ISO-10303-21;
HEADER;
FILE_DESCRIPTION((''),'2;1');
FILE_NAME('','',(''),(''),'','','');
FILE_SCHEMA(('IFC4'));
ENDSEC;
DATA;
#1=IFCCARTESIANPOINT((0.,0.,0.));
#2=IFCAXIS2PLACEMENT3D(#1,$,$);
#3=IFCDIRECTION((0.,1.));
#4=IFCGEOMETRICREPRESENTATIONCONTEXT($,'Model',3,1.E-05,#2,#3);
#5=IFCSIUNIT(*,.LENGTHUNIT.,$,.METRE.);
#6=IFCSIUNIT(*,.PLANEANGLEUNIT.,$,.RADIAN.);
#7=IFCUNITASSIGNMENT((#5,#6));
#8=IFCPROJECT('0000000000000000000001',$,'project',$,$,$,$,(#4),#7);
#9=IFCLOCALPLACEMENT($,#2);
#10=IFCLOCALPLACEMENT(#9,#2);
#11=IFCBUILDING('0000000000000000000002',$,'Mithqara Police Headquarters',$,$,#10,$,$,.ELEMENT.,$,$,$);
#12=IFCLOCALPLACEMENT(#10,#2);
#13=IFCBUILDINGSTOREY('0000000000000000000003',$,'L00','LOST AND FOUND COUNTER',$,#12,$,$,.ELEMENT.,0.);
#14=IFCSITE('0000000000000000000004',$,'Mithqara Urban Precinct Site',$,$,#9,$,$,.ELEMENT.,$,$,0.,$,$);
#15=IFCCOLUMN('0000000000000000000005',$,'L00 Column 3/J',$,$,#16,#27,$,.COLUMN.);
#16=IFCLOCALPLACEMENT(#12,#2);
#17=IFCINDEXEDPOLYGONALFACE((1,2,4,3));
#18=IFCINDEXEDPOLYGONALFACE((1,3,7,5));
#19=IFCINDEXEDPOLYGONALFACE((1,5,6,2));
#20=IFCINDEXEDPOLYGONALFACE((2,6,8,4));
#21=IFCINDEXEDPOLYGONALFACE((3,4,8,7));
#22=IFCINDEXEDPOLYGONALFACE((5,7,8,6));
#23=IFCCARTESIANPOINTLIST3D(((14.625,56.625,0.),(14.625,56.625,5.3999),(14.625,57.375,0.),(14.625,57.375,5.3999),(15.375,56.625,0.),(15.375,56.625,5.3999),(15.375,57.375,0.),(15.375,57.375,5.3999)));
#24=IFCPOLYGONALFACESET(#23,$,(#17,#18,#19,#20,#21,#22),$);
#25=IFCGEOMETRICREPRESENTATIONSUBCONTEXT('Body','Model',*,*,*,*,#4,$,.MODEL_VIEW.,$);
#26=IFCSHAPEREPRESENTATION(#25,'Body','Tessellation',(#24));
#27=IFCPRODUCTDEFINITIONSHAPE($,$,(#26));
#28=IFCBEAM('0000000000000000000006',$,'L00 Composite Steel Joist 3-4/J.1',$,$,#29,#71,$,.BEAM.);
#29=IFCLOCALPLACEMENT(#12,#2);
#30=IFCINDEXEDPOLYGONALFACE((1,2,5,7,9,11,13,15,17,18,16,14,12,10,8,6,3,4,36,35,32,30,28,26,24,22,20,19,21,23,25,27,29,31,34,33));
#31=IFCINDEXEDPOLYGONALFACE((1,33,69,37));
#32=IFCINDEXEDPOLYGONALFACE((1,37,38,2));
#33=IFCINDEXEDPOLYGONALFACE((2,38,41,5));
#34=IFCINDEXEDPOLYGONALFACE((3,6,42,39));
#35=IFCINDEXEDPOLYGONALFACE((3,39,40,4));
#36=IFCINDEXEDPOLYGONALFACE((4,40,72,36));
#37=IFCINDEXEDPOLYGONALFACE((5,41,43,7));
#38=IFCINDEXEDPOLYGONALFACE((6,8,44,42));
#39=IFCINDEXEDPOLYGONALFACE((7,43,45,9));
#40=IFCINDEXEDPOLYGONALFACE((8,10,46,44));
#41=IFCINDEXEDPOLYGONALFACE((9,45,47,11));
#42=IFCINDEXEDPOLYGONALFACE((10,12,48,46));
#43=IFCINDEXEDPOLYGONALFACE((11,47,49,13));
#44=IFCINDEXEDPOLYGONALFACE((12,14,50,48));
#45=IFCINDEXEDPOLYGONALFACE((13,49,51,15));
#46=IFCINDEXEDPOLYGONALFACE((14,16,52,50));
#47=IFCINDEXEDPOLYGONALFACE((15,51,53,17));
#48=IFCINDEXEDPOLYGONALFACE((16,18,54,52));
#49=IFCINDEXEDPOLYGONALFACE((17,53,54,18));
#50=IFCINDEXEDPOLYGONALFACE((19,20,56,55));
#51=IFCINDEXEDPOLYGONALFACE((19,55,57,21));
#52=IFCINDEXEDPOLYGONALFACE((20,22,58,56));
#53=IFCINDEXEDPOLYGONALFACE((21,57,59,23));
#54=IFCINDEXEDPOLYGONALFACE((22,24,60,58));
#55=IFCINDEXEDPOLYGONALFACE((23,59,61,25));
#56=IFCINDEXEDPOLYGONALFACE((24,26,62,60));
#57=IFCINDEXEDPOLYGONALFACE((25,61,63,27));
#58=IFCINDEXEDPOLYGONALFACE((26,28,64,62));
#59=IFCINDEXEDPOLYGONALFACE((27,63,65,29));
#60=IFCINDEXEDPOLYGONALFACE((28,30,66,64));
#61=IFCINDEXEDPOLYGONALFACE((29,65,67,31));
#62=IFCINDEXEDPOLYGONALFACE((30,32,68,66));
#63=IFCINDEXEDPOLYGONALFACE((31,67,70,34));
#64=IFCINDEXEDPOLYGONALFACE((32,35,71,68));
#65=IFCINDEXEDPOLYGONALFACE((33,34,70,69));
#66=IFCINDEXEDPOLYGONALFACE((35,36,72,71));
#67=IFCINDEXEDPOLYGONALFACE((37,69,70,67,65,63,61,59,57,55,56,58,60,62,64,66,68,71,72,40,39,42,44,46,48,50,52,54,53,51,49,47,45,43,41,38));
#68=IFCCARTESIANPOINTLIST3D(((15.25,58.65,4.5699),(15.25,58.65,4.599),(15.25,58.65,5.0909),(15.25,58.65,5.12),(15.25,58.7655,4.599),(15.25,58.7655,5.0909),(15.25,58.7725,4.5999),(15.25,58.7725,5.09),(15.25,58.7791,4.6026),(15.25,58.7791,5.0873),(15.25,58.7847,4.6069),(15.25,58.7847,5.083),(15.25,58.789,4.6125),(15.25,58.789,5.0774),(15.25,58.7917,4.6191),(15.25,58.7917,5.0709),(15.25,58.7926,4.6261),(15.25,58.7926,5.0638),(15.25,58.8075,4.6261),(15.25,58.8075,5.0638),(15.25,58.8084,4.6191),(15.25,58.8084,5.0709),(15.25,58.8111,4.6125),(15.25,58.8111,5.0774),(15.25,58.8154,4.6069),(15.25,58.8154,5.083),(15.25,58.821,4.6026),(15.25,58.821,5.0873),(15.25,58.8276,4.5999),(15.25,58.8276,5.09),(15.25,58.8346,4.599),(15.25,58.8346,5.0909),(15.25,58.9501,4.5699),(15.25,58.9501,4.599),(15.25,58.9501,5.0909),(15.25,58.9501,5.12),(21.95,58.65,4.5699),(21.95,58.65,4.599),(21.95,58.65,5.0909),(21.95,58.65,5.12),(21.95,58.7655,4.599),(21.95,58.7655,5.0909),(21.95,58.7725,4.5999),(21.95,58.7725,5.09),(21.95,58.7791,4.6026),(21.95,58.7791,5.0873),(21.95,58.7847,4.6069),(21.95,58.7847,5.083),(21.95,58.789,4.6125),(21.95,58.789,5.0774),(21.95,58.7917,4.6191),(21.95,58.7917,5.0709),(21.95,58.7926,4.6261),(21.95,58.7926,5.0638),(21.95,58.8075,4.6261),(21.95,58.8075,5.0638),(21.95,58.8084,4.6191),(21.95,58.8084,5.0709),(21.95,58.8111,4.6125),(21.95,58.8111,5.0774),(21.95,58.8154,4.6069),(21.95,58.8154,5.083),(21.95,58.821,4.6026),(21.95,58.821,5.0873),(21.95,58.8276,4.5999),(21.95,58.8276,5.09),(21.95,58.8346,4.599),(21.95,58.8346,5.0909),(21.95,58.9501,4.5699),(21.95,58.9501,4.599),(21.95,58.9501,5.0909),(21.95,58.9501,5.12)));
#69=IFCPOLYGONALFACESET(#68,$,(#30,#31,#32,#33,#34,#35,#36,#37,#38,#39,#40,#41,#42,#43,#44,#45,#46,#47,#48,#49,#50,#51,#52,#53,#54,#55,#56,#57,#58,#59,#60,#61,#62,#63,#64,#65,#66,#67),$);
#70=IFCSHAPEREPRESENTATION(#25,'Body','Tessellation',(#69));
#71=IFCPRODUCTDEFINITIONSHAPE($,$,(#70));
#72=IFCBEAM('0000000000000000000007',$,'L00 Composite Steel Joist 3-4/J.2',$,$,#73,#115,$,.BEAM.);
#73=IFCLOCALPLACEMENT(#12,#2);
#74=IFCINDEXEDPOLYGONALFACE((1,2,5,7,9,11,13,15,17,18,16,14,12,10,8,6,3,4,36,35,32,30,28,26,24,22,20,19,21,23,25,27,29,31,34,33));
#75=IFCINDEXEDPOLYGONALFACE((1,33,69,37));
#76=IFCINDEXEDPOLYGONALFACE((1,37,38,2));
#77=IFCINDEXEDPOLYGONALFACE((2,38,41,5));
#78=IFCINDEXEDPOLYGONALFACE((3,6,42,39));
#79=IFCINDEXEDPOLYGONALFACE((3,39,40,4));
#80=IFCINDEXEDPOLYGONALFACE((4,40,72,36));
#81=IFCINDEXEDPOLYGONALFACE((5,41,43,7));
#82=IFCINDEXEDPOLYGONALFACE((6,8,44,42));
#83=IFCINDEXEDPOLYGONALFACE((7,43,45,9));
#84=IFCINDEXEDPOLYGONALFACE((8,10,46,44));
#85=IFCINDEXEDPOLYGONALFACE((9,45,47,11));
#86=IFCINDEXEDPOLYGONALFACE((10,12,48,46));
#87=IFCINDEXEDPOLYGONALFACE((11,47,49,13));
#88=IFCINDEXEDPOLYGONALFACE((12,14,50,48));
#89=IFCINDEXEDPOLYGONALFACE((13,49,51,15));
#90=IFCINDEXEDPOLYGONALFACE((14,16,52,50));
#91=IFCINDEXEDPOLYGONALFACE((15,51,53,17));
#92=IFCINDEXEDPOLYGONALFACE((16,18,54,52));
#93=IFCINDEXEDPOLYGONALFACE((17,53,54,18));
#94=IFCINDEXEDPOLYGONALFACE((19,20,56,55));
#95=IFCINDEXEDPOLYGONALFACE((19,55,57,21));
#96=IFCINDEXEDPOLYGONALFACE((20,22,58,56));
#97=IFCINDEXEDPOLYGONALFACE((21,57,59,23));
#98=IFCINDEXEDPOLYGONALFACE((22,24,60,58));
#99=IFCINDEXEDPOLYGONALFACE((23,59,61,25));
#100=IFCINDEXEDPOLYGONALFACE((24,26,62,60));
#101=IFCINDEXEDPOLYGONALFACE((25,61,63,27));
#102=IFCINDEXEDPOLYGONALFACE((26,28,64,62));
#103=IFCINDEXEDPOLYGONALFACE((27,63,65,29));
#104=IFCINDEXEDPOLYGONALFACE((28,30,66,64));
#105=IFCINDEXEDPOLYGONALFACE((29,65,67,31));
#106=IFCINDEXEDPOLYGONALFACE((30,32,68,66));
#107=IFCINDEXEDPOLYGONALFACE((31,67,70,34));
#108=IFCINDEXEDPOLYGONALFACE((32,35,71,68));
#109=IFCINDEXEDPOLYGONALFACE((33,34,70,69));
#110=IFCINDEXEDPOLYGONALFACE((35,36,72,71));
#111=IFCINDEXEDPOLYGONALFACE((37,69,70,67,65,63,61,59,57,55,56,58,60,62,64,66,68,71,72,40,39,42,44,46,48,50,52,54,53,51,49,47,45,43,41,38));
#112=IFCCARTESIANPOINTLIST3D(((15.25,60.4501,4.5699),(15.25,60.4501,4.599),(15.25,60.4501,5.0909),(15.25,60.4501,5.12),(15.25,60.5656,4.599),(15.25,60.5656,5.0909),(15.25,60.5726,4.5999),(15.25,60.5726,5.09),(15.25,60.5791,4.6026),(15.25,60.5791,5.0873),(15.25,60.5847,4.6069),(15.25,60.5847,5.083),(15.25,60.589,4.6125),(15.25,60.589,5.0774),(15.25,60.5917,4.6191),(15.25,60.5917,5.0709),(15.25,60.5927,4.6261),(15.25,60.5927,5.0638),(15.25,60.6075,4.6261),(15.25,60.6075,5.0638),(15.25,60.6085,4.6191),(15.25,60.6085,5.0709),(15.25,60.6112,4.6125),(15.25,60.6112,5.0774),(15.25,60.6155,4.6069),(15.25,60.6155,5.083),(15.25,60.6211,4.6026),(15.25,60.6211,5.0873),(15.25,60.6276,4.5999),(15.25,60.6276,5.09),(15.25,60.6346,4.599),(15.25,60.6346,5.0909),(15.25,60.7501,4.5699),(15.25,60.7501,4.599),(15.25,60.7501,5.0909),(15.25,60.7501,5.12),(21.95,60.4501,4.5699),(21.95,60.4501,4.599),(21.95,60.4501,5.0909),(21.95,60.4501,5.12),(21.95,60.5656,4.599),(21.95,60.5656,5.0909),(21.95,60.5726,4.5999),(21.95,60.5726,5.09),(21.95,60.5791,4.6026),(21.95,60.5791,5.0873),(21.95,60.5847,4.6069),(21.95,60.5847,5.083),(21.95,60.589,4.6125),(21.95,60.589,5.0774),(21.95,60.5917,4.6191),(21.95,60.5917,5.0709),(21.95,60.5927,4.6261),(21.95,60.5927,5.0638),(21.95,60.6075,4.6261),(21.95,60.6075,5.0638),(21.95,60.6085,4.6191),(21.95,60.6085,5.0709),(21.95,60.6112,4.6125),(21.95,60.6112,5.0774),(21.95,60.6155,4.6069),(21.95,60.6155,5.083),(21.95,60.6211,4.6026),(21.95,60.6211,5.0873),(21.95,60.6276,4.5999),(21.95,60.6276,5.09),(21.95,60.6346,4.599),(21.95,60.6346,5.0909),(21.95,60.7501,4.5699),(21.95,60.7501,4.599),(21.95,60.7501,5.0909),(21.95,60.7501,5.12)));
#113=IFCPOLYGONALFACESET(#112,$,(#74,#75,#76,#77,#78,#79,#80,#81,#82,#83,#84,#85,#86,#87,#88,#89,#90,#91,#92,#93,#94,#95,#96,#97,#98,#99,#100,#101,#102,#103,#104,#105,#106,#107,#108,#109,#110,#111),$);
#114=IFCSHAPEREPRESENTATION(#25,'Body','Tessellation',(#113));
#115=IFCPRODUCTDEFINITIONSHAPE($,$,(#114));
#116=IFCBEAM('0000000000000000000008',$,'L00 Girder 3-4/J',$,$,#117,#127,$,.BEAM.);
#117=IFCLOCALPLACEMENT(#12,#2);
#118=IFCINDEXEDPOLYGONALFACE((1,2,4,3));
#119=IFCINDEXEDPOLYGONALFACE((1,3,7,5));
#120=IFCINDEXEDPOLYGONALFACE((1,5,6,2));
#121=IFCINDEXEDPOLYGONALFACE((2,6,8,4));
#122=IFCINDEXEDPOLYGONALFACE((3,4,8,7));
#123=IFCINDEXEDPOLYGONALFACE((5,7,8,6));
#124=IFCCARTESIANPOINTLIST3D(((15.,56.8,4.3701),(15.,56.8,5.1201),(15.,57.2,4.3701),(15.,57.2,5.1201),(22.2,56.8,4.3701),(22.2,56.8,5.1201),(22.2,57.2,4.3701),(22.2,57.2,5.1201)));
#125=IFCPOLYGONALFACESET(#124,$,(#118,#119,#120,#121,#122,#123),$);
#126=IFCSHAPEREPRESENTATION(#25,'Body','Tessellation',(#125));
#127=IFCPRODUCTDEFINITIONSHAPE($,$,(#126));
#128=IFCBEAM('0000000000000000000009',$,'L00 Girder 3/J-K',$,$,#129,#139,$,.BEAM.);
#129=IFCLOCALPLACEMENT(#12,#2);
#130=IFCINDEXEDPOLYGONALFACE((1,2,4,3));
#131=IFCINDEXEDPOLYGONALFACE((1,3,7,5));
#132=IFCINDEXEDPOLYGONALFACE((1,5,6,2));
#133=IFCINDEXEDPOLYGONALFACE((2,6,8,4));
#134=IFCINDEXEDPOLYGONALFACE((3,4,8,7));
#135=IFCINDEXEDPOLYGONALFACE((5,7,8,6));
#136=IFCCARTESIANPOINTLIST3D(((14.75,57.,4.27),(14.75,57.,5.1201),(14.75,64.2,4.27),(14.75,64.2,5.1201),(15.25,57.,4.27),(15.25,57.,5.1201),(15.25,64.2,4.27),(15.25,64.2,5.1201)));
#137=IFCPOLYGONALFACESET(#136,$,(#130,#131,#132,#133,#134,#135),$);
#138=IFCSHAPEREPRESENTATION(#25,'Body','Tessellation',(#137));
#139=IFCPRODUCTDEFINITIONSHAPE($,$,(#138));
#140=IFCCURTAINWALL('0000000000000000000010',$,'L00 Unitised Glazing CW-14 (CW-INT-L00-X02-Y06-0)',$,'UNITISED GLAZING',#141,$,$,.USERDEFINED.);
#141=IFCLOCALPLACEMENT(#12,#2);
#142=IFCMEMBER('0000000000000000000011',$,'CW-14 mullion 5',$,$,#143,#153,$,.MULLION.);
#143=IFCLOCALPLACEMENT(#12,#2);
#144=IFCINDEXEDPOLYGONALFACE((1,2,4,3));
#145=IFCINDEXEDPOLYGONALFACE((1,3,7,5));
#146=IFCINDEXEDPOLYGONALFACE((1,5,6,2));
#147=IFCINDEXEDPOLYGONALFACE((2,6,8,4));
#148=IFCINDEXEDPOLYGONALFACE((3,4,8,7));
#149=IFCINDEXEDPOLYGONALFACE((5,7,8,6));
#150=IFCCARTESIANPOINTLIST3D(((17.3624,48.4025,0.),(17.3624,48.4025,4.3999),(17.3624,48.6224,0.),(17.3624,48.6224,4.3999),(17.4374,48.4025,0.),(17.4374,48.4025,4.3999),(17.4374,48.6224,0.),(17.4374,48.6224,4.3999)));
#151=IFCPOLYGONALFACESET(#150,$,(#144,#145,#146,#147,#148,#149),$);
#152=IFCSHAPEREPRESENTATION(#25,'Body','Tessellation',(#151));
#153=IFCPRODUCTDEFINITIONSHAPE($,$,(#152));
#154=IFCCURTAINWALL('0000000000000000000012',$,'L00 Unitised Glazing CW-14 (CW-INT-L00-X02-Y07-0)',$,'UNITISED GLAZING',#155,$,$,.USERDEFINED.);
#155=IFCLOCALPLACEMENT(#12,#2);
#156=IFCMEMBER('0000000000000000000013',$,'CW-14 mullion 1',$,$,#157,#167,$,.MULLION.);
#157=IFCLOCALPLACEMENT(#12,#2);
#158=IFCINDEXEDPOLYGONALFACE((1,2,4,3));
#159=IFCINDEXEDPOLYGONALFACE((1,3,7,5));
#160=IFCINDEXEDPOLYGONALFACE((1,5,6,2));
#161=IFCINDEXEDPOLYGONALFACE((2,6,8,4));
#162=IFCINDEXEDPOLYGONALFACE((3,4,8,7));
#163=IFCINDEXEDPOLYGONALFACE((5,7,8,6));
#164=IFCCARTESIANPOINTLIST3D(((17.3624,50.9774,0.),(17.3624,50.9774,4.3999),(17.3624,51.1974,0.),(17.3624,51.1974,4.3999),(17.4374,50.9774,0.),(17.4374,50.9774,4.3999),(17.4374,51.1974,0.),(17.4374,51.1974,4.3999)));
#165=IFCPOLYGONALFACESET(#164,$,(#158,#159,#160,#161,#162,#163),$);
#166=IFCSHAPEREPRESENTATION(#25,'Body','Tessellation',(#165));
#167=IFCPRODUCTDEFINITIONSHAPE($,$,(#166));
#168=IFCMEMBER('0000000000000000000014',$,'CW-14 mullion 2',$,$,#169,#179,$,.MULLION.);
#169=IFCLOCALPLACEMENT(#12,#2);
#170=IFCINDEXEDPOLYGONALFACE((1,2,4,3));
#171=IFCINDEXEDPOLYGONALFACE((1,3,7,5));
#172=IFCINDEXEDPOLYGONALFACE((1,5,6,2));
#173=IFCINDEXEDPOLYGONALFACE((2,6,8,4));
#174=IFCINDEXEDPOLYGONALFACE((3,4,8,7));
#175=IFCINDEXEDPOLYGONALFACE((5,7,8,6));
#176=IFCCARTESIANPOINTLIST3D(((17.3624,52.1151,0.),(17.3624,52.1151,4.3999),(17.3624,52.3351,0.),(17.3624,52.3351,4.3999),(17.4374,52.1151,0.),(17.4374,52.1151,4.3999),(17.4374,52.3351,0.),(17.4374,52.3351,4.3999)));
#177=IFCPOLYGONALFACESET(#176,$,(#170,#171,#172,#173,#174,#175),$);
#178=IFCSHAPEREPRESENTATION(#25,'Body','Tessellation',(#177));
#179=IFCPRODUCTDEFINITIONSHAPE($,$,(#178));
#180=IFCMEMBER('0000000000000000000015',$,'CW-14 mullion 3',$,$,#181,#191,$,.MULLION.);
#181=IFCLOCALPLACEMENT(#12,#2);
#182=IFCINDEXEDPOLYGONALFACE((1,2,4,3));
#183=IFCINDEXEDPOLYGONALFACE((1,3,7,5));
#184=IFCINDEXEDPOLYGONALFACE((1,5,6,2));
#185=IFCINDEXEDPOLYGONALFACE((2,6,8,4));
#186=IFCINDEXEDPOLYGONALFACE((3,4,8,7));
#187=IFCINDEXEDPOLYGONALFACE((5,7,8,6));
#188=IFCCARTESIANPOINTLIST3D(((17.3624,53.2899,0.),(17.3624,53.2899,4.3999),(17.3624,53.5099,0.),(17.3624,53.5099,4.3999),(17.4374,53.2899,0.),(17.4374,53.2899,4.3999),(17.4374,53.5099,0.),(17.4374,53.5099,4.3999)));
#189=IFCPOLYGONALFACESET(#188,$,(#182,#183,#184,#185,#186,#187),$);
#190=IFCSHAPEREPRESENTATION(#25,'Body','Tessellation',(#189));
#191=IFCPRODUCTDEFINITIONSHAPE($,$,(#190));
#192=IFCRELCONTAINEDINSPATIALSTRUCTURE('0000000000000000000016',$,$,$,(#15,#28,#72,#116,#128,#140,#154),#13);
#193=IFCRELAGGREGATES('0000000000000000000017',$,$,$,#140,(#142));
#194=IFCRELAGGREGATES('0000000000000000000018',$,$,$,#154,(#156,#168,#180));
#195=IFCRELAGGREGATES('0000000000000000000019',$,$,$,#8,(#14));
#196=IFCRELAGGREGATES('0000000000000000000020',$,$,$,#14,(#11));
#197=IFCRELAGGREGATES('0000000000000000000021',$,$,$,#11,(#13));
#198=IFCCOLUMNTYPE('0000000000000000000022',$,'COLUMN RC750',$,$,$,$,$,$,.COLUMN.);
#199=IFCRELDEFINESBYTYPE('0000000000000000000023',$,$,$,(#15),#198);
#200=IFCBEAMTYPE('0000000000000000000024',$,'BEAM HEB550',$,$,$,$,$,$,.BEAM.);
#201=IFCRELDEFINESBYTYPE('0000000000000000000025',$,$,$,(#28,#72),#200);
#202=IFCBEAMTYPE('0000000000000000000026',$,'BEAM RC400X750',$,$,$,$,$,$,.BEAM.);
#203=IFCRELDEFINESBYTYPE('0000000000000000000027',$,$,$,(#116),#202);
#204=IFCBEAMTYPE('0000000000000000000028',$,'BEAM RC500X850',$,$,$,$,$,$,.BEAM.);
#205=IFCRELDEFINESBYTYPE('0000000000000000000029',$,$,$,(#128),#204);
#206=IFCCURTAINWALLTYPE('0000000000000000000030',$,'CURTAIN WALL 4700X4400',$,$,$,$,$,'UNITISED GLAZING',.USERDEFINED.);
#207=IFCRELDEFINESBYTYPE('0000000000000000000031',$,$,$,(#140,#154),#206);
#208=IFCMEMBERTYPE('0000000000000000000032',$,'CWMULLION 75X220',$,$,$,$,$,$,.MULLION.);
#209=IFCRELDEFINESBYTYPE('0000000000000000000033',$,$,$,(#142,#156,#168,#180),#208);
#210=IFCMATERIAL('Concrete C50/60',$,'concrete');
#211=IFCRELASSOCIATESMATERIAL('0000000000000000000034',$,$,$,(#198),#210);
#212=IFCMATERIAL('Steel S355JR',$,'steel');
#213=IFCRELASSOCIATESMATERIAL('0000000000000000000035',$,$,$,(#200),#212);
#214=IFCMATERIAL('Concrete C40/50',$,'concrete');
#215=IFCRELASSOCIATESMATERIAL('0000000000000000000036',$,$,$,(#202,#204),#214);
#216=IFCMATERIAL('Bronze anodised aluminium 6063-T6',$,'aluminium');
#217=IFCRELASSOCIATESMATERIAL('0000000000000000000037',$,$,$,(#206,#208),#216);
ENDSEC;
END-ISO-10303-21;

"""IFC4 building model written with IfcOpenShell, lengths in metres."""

from ifc_helpers import new_model, si_unit, direction, frame, origin, origin_2d, place, context, subcontext, project, spatial, rectangle, i_section, extrude, material, material_profile, profile_set, type_object, element, aggregate, save


model = new_model("IFC4")

# Units and contexts
model_context = context("Model", 3, precision=1e-05, world=origin(), true_north=direction((0.0, 1.0)))
body_context = subcontext(model_context, "Body", "Model", "MODEL_VIEW")
ifc_project = project(units=[si_unit("LENGTHUNIT", "METRE"), si_unit("PLANEANGLEUNIT", "RADIAN")], contexts=[model_context])

# Site, building, storey
site_placement = place(None, origin())
site = spatial("IfcSite", under=ifc_project, at=site_placement, Name="Mithqara Urban Precinct Site", CompositionType="ELEMENT", RefElevation=0.0)
building_placement = place(site_placement, origin())
building = spatial("IfcBuilding", under=site, at=building_placement, Name="Mithqara Police Headquarters", CompositionType="ELEMENT")
storey_placement = place(building_placement, origin())
storey = spatial("IfcBuildingStorey", under=building, at=storey_placement, Name="L00", Description="LOST AND FOUND COUNTER", CompositionType="ELEMENT", Elevation=0.0)

# Column
ifc_material_1 = material(Name="Concrete C50/60", Category="concrete")
ifc_material_profile_1 = material_profile(ifc_material_1, rectangle(XDim=0.75, YDim=0.75, at=origin_2d()), Name="RC 750x750")
ifc_profile_set_1 = profile_set([ifc_material_profile_1], Name="Concrete C50/60")
column_type = type_object("IfcColumnType", Name="COLUMN RC750", PredefinedType="COLUMN", material=ifc_profile_set_1)
column_placement = place(storey_placement, frame((15.0, 57.0, 0.0), z_axis=(0.0, 0.0, 1.0), x_axis=(1.0, 0.0, 0.0)))
element("IfcColumn", 1, at=column_placement, inside=storey, type_object=column_type, Name="L00 Column 3/J", PredefinedType="COLUMN", context=body_context, shape_type="SweptSolid", body=[
    extrude(rectangle(XDim=0.75, YDim=0.75, at=origin_2d()), origin(), (0.0, 0.0, 1.0), 5.3999),
])

# Beams
ifc_material_2 = material(Name="Steel S355JR", Category="steel")
ifc_material_profile_2 = material_profile(ifc_material_2, i_section(OverallWidth=0.3, OverallDepth=0.55, WebThickness=0.0149, FlangeThickness=0.0291, FilletRadius=0.0271, at=origin_2d()), Name="HEB 550")
ifc_profile_set_2 = profile_set([ifc_material_profile_2], Name="Steel S355JR")
beam_type_1 = type_object("IfcBeamType", Name="BEAM HEB550", PredefinedType="BEAM", material=ifc_profile_set_2)
for number, where, z_axis, x_axis, name in (
    (2, (15.25, 58.8, 4.845), (1.0, 0.0, 0.0), (0.0, 1.0, 0.0), "L00 Composite Steel Joist 3-4/J.1"),
    (3, (15.25, 60.6001, 4.845), (1.0, 0.0, 0.0), (0.0, 1.0, 0.0), "L00 Composite Steel Joist 3-4/J.2"),
):
    element("IfcBeam", number, at=place(storey_placement, frame(where, z_axis=z_axis, x_axis=x_axis)), inside=storey, type_object=beam_type_1, Name=name, PredefinedType="BEAM", context=body_context, shape_type="SweptSolid", body=[
        extrude(i_section(OverallWidth=0.3, OverallDepth=0.55, WebThickness=0.0149, FlangeThickness=0.0291, FilletRadius=0.0271, at=origin_2d()), origin(), (0.0, 0.0, 1.0), 6.7),
    ])
ifc_material_3 = material(Name="Concrete C40/50", Category="concrete")
ifc_material_profile_3 = material_profile(ifc_material_3, rectangle(XDim=0.3999, YDim=0.75, at=origin_2d()), Name="RC 400x750")
ifc_profile_set_3 = profile_set([ifc_material_profile_3], Name="Concrete C40/50")
beam_type_2 = type_object("IfcBeamType", Name="BEAM RC400X750", PredefinedType="BEAM", material=ifc_profile_set_3)
beam_1_placement = place(storey_placement, frame((15.0, 57.0, 4.7451), z_axis=(1.0, 0.0, 0.0), x_axis=(0.0, 1.0, 0.0)))
element("IfcBeam", 4, at=beam_1_placement, inside=storey, type_object=beam_type_2, Name="L00 Girder 3-4/J", PredefinedType="BEAM", context=body_context, shape_type="SweptSolid", body=[
    extrude(rectangle(XDim=0.3999, YDim=0.75, at=origin_2d()), origin(), (0.0, 0.0, 1.0), 7.2),
])
ifc_material_profile_4 = material_profile(ifc_material_3, rectangle(XDim=0.5, YDim=0.8501, at=origin_2d()), Name="RC 500x850")
ifc_profile_set_4 = profile_set([ifc_material_profile_4], Name="Concrete C40/50")
beam_type_3 = type_object("IfcBeamType", Name="BEAM RC500X850", PredefinedType="BEAM", material=ifc_profile_set_4)
beam_2_placement = place(storey_placement, frame((15.0, 57.0, 4.6951), z_axis=(0.0, 1.0, 0.0), x_axis=(-1.0, 0.0, 0.0)))
element("IfcBeam", 5, at=beam_2_placement, inside=storey, type_object=beam_type_3, Name="L00 Girder 3/J-K", PredefinedType="BEAM", context=body_context, shape_type="SweptSolid", body=[
    extrude(rectangle(XDim=0.5, YDim=0.8501, at=origin_2d()), origin(), (0.0, 0.0, 1.0), 7.2),
])

# Curtain wall, member
ifc_material_4 = material(Name="Bronze anodised aluminium 6063-T6", Category="aluminium")
curtain_wall_type = type_object("IfcCurtainWallType", Name="CURTAIN WALL 4700X4400", ElementType="UNITISED GLAZING", PredefinedType="USERDEFINED", material=ifc_material_4)
curtain_wall_1_placement = place(storey_placement, origin())
curtain_wall_1 = element("IfcCurtainWall", 6, at=curtain_wall_1_placement, inside=storey, type_object=curtain_wall_type, Name="L00 Unitised Glazing CW-14 (CW-INT-L00-X02-Y06-0)", ObjectType="UNITISED GLAZING", PredefinedType="USERDEFINED")
ifc_material_profile_5 = material_profile(ifc_material_4, rectangle(XDim=0.075, YDim=0.22, at=origin_2d()), Name="CWM 75x220")
ifc_profile_set_5 = profile_set([ifc_material_profile_5], Name="Bronze anodised aluminium 6063-T6")
member_type_1 = type_object("IfcMemberType", Name="CWMULLION 75X220", PredefinedType="MULLION", material=ifc_profile_set_5)
member_1_placement = place(storey_placement, frame((17.3999, 48.5125, 0.0), z_axis=(0.0, 0.0, 1.0), x_axis=(-1.0, 0.0, 0.0)))
member_1 = element("IfcMember", 7, at=member_1_placement, type_object=member_type_1, Name="CW-14 mullion 5", PredefinedType="MULLION", context=body_context, shape_type="SweptSolid", body=[
    extrude(rectangle(XDim=0.075, YDim=0.22, at=origin_2d()), origin(), (0.0, 0.0, 1.0), 4.3999),
])

# Curtain wall, members
curtain_wall_2_placement = place(storey_placement, origin())
curtain_wall_2 = element("IfcCurtainWall", 8, at=curtain_wall_2_placement, inside=storey, type_object=curtain_wall_type, Name="L00 Unitised Glazing CW-14 (CW-INT-L00-X02-Y07-0)", ObjectType="UNITISED GLAZING", PredefinedType="USERDEFINED")
member_2_placement = place(storey_placement, frame((17.3999, 51.0874, 0.0), z_axis=(0.0, 0.0, 1.0), x_axis=(-1.0, 0.0, 0.0)))
member_2 = element("IfcMember", 9, at=member_2_placement, type_object=member_type_1, Name="CW-14 mullion 1", PredefinedType="MULLION", context=body_context, shape_type="SweptSolid", body=[
    extrude(rectangle(XDim=0.075, YDim=0.22, at=origin_2d()), origin(), (0.0, 0.0, 1.0), 4.3999),
])
member_3_placement = place(storey_placement, frame((17.3999, 52.2251, 0.0), z_axis=(0.0, 0.0, 1.0), x_axis=(-1.0, 0.0, 0.0)))
member_3 = element("IfcMember", 10, at=member_3_placement, type_object=member_type_1, Name="CW-14 mullion 2", PredefinedType="MULLION", context=body_context, shape_type="SweptSolid", body=[
    extrude(rectangle(XDim=0.075, YDim=0.22, at=origin_2d()), origin(), (0.0, 0.0, 1.0), 4.3999),
])
member_4_placement = place(storey_placement, frame((17.3999, 53.3999, 0.0), z_axis=(0.0, 0.0, 1.0), x_axis=(-1.0, 0.0, 0.0)))
member_4 = element("IfcMember", 11, at=member_4_placement, type_object=member_type_1, Name="CW-14 mullion 3", PredefinedType="MULLION", context=body_context, shape_type="SweptSolid", body=[
    extrude(rectangle(XDim=0.075, YDim=0.22, at=origin_2d()), origin(), (0.0, 0.0, 1.0), 4.3999),
])

aggregate(curtain_wall_1, [member_1])
aggregate(curtain_wall_2, [member_2, member_3, member_4])

save(model, "model.ifc")
